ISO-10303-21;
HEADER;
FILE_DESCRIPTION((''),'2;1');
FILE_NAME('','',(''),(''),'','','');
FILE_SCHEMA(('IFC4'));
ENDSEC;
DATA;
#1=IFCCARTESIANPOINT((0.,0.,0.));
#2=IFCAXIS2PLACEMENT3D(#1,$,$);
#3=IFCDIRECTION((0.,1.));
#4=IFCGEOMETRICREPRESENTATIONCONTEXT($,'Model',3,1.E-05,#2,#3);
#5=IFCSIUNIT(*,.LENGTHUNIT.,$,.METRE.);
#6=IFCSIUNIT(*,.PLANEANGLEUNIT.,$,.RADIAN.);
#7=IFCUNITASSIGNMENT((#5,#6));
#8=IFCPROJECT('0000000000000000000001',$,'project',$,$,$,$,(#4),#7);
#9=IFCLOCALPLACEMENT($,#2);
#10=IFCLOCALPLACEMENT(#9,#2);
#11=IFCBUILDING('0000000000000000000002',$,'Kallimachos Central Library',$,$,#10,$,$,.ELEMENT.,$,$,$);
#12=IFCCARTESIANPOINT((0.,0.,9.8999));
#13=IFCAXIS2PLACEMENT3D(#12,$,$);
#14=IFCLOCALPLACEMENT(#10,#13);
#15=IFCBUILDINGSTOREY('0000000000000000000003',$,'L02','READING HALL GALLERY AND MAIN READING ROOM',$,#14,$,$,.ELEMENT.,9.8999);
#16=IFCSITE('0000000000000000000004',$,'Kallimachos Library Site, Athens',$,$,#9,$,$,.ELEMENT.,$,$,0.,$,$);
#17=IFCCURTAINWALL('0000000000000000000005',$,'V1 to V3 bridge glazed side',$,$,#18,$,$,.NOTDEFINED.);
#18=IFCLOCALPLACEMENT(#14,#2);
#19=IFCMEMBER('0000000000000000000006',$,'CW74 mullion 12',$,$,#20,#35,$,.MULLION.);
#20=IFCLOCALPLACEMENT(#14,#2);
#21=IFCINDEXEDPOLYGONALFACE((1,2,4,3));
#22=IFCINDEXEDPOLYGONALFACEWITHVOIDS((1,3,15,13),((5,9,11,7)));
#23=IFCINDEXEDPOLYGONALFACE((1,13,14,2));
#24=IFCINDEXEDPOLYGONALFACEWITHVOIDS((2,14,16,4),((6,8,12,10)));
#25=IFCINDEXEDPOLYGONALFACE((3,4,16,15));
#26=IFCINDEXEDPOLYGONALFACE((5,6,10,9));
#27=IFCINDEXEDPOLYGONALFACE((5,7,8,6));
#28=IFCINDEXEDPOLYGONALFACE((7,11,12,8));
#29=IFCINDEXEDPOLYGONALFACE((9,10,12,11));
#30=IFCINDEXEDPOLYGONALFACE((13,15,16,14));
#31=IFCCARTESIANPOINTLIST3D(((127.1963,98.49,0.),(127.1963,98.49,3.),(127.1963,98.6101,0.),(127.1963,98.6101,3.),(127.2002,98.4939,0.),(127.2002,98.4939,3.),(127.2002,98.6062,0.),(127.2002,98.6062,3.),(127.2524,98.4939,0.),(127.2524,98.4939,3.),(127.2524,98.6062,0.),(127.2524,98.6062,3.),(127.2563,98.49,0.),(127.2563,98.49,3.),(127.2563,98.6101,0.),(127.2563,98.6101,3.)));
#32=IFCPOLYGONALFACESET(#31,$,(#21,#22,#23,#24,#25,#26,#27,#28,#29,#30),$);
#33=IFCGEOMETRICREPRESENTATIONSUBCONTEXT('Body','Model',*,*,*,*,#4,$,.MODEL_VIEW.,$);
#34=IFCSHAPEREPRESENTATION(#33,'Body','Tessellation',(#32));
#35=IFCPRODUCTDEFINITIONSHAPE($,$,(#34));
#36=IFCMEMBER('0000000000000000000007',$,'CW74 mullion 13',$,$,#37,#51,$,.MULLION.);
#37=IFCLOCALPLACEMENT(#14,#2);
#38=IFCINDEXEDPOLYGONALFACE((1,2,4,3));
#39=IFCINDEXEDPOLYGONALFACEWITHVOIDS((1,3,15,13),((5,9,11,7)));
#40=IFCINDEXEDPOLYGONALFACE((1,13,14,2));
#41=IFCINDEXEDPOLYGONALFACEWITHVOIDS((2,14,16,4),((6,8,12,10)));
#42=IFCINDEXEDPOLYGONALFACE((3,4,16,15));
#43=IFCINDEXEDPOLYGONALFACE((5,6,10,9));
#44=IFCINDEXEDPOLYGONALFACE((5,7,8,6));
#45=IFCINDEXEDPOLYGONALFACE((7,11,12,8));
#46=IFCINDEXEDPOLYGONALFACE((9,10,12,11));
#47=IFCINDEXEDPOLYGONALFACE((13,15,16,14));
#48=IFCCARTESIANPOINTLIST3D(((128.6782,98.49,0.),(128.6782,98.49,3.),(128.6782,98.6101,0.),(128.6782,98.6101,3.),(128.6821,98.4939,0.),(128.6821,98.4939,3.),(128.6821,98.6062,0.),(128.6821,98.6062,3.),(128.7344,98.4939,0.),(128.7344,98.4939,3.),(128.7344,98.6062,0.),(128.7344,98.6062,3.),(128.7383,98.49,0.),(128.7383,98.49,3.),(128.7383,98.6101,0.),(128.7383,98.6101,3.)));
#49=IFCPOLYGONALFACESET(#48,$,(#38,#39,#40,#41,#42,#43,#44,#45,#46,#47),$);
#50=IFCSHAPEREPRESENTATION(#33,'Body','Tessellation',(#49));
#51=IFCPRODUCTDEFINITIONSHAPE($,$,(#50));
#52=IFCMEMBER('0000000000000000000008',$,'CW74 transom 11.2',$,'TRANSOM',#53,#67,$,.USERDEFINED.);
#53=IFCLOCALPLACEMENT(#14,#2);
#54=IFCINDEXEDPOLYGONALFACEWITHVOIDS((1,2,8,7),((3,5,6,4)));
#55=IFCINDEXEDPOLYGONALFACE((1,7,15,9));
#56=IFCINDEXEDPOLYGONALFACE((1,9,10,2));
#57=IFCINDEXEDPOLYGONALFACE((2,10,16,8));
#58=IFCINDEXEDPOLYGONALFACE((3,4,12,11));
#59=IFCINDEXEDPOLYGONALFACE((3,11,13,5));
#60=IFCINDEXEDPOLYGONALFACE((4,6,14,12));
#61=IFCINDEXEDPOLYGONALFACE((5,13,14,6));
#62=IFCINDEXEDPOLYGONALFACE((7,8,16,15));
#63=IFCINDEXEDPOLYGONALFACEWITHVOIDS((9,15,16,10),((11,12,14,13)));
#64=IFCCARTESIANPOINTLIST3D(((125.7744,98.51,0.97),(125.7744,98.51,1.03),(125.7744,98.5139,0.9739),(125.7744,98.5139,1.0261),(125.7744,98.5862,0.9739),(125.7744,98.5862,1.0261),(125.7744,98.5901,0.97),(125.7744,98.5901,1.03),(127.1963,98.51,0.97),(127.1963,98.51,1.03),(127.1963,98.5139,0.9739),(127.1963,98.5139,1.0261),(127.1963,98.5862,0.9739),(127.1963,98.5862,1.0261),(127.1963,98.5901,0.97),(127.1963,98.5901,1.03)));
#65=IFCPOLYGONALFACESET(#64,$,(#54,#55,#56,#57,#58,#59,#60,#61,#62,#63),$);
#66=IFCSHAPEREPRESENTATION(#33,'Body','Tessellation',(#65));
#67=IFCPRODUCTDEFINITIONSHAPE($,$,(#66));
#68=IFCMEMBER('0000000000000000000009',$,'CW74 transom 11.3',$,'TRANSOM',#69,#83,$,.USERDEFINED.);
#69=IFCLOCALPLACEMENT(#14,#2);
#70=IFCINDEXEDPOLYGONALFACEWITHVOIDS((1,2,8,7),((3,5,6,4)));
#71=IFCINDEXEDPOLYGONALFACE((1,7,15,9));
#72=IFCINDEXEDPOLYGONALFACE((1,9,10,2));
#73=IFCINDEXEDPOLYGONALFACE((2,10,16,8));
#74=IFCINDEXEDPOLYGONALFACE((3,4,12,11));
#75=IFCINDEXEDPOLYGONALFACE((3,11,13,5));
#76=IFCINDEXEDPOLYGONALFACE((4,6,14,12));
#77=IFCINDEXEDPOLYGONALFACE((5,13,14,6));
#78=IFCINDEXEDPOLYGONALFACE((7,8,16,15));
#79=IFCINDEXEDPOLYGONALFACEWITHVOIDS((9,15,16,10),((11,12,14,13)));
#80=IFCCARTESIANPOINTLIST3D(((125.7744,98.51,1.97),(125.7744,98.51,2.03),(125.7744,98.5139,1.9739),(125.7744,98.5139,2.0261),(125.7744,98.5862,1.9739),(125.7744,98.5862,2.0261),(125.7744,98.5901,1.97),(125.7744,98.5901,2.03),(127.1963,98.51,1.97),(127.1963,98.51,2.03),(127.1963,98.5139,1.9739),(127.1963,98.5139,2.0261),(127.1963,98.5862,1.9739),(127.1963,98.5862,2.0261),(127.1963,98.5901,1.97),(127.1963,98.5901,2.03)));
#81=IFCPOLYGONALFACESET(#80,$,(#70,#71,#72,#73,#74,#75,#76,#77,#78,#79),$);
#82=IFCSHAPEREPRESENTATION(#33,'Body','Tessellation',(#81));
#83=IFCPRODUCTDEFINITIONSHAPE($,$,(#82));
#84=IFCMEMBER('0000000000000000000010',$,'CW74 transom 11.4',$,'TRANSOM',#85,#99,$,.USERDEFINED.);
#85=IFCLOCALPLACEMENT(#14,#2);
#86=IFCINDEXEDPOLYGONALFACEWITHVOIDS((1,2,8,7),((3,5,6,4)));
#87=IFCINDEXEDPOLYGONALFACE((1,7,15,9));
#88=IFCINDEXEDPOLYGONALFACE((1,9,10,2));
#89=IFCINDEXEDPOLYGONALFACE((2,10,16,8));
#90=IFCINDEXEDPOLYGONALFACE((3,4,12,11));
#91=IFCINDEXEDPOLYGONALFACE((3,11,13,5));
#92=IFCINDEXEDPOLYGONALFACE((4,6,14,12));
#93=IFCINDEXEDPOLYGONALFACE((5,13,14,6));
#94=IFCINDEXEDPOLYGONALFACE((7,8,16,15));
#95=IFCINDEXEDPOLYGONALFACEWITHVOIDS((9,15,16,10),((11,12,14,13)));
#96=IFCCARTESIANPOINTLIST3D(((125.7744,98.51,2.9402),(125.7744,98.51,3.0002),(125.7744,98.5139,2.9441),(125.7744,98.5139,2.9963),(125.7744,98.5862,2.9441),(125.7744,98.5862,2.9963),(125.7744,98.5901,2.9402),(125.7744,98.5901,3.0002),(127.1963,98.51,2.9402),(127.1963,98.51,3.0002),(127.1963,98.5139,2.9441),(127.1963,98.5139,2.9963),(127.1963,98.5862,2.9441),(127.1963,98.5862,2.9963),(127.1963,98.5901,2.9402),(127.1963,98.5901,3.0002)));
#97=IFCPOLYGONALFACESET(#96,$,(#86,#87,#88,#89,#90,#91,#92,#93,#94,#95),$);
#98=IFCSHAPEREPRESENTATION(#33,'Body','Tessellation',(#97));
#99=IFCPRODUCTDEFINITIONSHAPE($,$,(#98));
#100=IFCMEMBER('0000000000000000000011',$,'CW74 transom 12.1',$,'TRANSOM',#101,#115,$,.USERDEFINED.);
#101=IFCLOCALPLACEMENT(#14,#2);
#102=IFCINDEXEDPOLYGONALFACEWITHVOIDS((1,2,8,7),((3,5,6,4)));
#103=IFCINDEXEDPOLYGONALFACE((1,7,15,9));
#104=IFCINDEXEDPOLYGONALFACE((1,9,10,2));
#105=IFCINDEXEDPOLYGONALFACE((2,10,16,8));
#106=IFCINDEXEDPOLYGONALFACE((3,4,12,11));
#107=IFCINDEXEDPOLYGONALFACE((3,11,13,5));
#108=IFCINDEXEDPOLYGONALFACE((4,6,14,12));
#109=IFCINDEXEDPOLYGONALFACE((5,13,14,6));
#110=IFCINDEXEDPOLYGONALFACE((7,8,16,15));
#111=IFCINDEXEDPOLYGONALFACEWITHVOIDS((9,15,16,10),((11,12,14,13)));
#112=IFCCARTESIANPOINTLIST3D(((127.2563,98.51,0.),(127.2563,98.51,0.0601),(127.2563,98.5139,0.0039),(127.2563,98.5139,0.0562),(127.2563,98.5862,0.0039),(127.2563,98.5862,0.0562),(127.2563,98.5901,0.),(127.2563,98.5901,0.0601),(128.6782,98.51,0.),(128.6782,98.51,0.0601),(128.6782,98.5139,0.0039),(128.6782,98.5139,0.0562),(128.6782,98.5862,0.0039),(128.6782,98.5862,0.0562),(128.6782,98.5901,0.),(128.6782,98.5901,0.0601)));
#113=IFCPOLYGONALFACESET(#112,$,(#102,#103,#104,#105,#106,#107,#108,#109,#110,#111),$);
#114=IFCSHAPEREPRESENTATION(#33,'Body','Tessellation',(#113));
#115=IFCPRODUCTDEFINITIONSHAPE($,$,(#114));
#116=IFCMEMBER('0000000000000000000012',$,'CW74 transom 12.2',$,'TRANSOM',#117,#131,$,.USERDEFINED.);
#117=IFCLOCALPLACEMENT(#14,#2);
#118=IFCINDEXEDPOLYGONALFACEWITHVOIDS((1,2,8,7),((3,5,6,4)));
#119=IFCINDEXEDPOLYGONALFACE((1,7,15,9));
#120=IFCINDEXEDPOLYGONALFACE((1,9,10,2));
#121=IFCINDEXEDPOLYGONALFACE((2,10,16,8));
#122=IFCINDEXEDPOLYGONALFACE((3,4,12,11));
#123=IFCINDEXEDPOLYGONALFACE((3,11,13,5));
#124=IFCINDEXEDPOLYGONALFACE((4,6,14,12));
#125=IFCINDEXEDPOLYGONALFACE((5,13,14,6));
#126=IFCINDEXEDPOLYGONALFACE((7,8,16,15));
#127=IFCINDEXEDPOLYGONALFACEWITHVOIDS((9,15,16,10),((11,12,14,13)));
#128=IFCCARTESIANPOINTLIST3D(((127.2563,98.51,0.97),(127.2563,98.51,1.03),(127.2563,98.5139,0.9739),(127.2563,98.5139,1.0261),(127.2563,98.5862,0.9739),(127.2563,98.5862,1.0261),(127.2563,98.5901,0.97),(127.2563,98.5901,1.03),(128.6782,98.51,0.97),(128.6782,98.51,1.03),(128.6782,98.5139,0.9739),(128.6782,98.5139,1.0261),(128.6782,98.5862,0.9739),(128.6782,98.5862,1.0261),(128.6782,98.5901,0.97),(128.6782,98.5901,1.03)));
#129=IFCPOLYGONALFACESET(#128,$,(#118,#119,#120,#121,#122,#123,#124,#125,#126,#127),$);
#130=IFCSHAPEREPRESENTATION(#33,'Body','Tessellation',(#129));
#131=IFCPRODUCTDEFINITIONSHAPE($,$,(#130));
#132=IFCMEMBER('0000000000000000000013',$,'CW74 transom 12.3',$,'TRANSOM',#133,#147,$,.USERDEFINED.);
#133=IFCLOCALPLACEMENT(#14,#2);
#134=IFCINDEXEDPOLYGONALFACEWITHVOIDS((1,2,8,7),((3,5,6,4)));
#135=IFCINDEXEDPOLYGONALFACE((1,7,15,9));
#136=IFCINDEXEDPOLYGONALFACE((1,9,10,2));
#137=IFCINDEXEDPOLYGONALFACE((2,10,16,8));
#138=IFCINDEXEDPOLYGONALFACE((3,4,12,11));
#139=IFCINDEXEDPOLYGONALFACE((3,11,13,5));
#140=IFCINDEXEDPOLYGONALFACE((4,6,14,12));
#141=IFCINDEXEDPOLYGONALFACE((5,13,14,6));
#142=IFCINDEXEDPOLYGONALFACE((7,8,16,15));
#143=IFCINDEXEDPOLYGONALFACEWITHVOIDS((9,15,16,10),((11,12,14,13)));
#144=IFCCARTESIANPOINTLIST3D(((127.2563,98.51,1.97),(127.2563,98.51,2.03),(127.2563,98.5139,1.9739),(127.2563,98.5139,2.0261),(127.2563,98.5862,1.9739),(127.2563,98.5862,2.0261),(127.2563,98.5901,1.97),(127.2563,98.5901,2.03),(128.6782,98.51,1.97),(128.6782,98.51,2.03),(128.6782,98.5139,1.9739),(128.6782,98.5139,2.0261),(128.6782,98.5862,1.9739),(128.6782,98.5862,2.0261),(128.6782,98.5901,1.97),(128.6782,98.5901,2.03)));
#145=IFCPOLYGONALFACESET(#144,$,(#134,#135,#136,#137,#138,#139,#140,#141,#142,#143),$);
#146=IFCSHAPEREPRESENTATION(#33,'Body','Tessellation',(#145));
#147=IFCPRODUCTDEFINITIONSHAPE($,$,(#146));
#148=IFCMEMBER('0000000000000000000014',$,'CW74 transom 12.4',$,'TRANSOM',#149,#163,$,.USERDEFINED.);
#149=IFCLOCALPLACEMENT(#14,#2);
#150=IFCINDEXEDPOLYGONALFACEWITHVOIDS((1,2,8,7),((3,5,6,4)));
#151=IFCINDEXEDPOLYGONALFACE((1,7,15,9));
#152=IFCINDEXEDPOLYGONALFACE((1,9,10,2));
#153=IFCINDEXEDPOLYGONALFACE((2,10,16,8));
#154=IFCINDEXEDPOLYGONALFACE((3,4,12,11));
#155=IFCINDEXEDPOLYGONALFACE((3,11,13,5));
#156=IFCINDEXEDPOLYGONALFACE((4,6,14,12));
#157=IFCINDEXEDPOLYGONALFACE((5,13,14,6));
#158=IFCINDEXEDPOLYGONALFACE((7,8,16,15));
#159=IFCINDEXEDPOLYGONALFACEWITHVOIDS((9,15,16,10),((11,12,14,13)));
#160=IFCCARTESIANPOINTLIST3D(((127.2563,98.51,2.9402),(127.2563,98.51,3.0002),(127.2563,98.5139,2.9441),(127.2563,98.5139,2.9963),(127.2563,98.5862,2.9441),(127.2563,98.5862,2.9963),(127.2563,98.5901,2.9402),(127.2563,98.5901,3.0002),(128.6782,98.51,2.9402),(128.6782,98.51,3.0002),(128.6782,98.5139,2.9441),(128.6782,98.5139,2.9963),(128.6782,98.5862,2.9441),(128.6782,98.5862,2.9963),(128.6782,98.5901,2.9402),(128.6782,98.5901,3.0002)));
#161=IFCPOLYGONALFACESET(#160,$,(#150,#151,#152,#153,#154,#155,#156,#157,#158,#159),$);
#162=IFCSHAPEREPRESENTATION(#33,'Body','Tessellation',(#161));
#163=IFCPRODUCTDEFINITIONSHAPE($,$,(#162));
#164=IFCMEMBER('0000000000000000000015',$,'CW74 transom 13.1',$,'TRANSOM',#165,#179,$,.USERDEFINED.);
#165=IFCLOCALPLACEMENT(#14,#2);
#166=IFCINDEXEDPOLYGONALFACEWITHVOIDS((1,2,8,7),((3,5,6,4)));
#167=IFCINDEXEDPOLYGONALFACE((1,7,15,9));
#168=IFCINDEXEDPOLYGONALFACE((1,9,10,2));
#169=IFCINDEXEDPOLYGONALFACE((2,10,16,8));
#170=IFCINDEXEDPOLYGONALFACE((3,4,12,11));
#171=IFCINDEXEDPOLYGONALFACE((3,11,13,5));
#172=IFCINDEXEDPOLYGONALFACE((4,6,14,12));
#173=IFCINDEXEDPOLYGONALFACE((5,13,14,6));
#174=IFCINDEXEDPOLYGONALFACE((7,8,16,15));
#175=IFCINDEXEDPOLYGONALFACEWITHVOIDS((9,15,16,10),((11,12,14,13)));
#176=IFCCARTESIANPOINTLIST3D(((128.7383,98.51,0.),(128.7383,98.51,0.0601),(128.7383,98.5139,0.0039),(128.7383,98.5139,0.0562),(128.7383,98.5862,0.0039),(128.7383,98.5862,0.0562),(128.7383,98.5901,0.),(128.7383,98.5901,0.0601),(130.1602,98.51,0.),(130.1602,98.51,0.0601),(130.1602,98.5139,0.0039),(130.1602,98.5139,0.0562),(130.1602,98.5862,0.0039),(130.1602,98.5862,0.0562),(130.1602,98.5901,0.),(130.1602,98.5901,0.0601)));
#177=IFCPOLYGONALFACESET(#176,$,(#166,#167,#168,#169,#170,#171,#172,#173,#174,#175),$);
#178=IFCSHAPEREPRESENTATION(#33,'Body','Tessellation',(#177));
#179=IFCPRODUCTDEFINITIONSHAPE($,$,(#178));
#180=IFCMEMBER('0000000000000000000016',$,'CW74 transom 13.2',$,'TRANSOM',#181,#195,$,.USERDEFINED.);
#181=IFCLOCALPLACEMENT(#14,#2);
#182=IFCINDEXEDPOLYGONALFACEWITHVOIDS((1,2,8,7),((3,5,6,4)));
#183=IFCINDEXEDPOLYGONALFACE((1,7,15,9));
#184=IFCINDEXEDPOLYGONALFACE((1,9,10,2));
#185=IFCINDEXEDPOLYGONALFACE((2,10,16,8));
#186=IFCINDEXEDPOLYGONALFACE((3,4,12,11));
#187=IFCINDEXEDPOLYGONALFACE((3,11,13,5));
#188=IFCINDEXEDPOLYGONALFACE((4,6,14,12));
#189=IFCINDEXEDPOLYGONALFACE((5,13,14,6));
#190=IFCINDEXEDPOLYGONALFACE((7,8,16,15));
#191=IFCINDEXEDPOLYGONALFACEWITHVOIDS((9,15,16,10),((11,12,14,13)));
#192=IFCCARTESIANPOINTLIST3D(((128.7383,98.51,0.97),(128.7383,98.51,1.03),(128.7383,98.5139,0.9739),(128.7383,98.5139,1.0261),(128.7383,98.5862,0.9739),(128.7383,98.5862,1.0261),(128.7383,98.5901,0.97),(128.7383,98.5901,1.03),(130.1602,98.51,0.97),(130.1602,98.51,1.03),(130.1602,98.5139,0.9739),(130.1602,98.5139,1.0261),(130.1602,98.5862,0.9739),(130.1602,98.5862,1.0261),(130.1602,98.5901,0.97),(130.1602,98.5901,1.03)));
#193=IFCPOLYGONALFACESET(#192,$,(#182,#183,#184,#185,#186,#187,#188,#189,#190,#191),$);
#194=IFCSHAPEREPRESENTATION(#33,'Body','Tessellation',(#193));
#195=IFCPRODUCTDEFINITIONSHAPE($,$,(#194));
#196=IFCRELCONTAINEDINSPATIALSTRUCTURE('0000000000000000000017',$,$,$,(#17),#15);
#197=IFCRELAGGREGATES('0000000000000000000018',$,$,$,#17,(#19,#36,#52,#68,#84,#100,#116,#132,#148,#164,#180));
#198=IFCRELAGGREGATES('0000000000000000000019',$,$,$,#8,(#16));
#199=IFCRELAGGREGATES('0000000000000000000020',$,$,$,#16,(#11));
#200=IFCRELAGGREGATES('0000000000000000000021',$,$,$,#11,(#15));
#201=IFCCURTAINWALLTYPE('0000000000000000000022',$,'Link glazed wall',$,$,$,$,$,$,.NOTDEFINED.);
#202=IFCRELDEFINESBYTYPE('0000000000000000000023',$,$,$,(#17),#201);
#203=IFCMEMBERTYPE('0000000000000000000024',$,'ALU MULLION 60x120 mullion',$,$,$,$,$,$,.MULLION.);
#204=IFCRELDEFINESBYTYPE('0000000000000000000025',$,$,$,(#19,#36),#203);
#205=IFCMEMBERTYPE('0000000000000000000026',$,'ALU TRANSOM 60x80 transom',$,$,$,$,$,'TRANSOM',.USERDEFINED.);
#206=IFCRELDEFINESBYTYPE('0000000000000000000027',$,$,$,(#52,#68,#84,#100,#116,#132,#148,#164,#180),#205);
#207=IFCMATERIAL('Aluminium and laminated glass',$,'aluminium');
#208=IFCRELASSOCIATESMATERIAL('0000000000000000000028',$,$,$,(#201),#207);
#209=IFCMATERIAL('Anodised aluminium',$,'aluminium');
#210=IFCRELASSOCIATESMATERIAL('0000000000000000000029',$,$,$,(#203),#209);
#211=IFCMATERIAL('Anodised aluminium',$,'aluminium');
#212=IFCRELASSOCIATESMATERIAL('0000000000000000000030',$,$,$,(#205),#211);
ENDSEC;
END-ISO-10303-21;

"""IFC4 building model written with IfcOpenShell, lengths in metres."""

from ifc_helpers import new_model, si_unit, direction, frame, origin, origin_2d, place, context, subcontext, project, spatial, hollow_rectangle, extrude, material, material_profile, profile_set, type_object, element, aggregate, save


model = new_model("IFC4")

# Units and contexts
model_context = context("Model", 3, precision=1e-05, world=origin(), true_north=direction((0.0, 1.0)))
body_context = subcontext(model_context, "Body", "Model", "MODEL_VIEW")
ifc_project = project(units=[si_unit("LENGTHUNIT", "METRE"), si_unit("PLANEANGLEUNIT", "RADIAN")], contexts=[model_context])

# Site, building, storey
site_placement = place(None, origin())
site = spatial("IfcSite", under=ifc_project, at=site_placement, Name="Kallimachos Library Site, Athens", CompositionType="ELEMENT", RefElevation=0.0)
building_placement = place(site_placement, origin())
building = spatial("IfcBuilding", under=site, at=building_placement, Name="Kallimachos Central Library", CompositionType="ELEMENT")
storey_placement = place(building_placement, frame((0.0, 0.0, 9.8999)))
storey = spatial("IfcBuildingStorey", under=building, at=storey_placement, Name="L02", Description="READING HALL GALLERY AND MAIN READING ROOM", CompositionType="ELEMENT", Elevation=9.8999)

# Curtain wall, members
ifc_material_1 = material(Name="Aluminium and laminated glass", Category="aluminium")
curtain_wall_type = type_object("IfcCurtainWallType", Name="Link glazed wall", PredefinedType="NOTDEFINED", material=ifc_material_1)
curtain_wall_placement = place(storey_placement, origin())
curtain_wall = element("IfcCurtainWall", 1, at=curtain_wall_placement, inside=storey, type_object=curtain_wall_type, Name="V1 to V3 bridge glazed side", PredefinedType="NOTDEFINED")
ifc_material_2 = material(Name="Anodised aluminium", Category="aluminium")
ifc_material_profile_1 = material_profile(ifc_material_2, hollow_rectangle(XDim=0.0601, YDim=0.1201, WallThickness=0.0039, at=origin_2d()), Name="ALU MULLION 60x120")
ifc_profile_set_1 = profile_set([ifc_material_profile_1], Name="Anodised aluminium")
member_type_1 = type_object("IfcMemberType", Name="ALU MULLION 60x120 mullion", PredefinedType="MULLION", material=ifc_profile_set_1)
member_1_placement = place(storey_placement, frame((127.2263, 98.55, 0.0), z_axis=(0.0, 0.0, 1.0), x_axis=(1.0, 0.0, 0.0)))
member_1 = element("IfcMember", 2, at=member_1_placement, type_object=member_type_1, Name="CW74 mullion 12", PredefinedType="MULLION", context=body_context, shape_type="SweptSolid", body=[
    extrude(hollow_rectangle(XDim=0.0601, YDim=0.1201, WallThickness=0.0039, at=origin_2d()), origin(), (0.0, 0.0, 1.0), 3.0),
])
member_2_placement = place(storey_placement, frame((128.7083, 98.55, 0.0), z_axis=(0.0, 0.0, 1.0), x_axis=(1.0, 0.0, 0.0)))
member_2 = element("IfcMember", 3, at=member_2_placement, type_object=member_type_1, Name="CW74 mullion 13", PredefinedType="MULLION", context=body_context, shape_type="SweptSolid", body=[
    extrude(hollow_rectangle(XDim=0.0601, YDim=0.1201, WallThickness=0.0039, at=origin_2d()), origin(), (0.0, 0.0, 1.0), 3.0),
])
ifc_material_3 = material(Name="Anodised aluminium", Category="aluminium")
ifc_material_profile_2 = material_profile(ifc_material_3, hollow_rectangle(XDim=0.0601, YDim=0.0801, WallThickness=0.0039, at=origin_2d()), Name="ALU TRANSOM 60x80")
ifc_profile_set_2 = profile_set([ifc_material_profile_2], Name="Anodised aluminium")
member_type_2 = type_object("IfcMemberType", Name="ALU TRANSOM 60x80 transom", ElementType="TRANSOM", PredefinedType="USERDEFINED", material=ifc_profile_set_2)
member_3_placement = place(storey_placement, frame((125.7744, 98.55, 1.0), z_axis=(1.0, 0.0, 0.0), x_axis=(0.0, 0.0, 1.0)))
member_3 = element("IfcMember", 4, at=member_3_placement, type_object=member_type_2, Name="CW74 transom 11.2", ObjectType="TRANSOM", PredefinedType="USERDEFINED", context=body_context, shape_type="SweptSolid", body=[
    extrude(hollow_rectangle(XDim=0.0601, YDim=0.0801, WallThickness=0.0039, at=origin_2d()), origin(), (0.0, 0.0, 1.0), 1.4219),
])
member_4_placement = place(storey_placement, frame((125.7744, 98.55, 2.0), z_axis=(1.0, 0.0, 0.0), x_axis=(0.0, 0.0, 1.0)))
member_4 = element("IfcMember", 5, at=member_4_placement, type_object=member_type_2, Name="CW74 transom 11.3", ObjectType="TRANSOM", PredefinedType="USERDEFINED", context=body_context, shape_type="SweptSolid", body=[
    extrude(hollow_rectangle(XDim=0.0601, YDim=0.0801, WallThickness=0.0039, at=origin_2d()), origin(), (0.0, 0.0, 1.0), 1.4219),
])
member_5_placement = place(storey_placement, frame((125.7744, 98.55, 2.9702), z_axis=(1.0, 0.0, 0.0), x_axis=(0.0, 0.0, 1.0)))
member_5 = element("IfcMember", 6, at=member_5_placement, type_object=member_type_2, Name="CW74 transom 11.4", ObjectType="TRANSOM", PredefinedType="USERDEFINED", context=body_context, shape_type="SweptSolid", body=[
    extrude(hollow_rectangle(XDim=0.0601, YDim=0.0801, WallThickness=0.0039, at=origin_2d()), origin(), (0.0, 0.0, 1.0), 1.4219),
])
member_6_placement = place(storey_placement, frame((127.2563, 98.55, 0.03), z_axis=(1.0, 0.0, 0.0), x_axis=(0.0, 0.0, 1.0)))
member_6 = element("IfcMember", 7, at=member_6_placement, type_object=member_type_2, Name="CW74 transom 12.1", ObjectType="TRANSOM", PredefinedType="USERDEFINED", context=body_context, shape_type="SweptSolid", body=[
    extrude(hollow_rectangle(XDim=0.0601, YDim=0.0801, WallThickness=0.0039, at=origin_2d()), origin(), (0.0, 0.0, 1.0), 1.4219),
])
member_7_placement = place(storey_placement, frame((127.2563, 98.55, 1.0), z_axis=(1.0, 0.0, 0.0), x_axis=(0.0, 0.0, 1.0)))
member_7 = element("IfcMember", 8, at=member_7_placement, type_object=member_type_2, Name="CW74 transom 12.2", ObjectType="TRANSOM", PredefinedType="USERDEFINED", context=body_context, shape_type="SweptSolid", body=[
    extrude(hollow_rectangle(XDim=0.0601, YDim=0.0801, WallThickness=0.0039, at=origin_2d()), origin(), (0.0, 0.0, 1.0), 1.4219),
])
member_8_placement = place(storey_placement, frame((127.2563, 98.55, 2.0), z_axis=(1.0, 0.0, 0.0), x_axis=(0.0, 0.0, 1.0)))
member_8 = element("IfcMember", 9, at=member_8_placement, type_object=member_type_2, Name="CW74 transom 12.3", ObjectType="TRANSOM", PredefinedType="USERDEFINED", context=body_context, shape_type="SweptSolid", body=[
    extrude(hollow_rectangle(XDim=0.0601, YDim=0.0801, WallThickness=0.0039, at=origin_2d()), origin(), (0.0, 0.0, 1.0), 1.4219),
])
member_9_placement = place(storey_placement, frame((127.2563, 98.55, 2.9702), z_axis=(1.0, 0.0, 0.0), x_axis=(0.0, 0.0, 1.0)))
member_9 = element("IfcMember", 10, at=member_9_placement, type_object=member_type_2, Name="CW74 transom 12.4", ObjectType="TRANSOM", PredefinedType="USERDEFINED", context=body_context, shape_type="SweptSolid", body=[
    extrude(hollow_rectangle(XDim=0.0601, YDim=0.0801, WallThickness=0.0039, at=origin_2d()), origin(), (0.0, 0.0, 1.0), 1.4219),
])
member_10_placement = place(storey_placement, frame((128.7383, 98.55, 0.03), z_axis=(1.0, 0.0, 0.0), x_axis=(0.0, 0.0, 1.0)))
member_10 = element("IfcMember", 11, at=member_10_placement, type_object=member_type_2, Name="CW74 transom 13.1", ObjectType="TRANSOM", PredefinedType="USERDEFINED", context=body_context, shape_type="SweptSolid", body=[
    extrude(hollow_rectangle(XDim=0.0601, YDim=0.0801, WallThickness=0.0039, at=origin_2d()), origin(), (0.0, 0.0, 1.0), 1.4219),
])
member_11_placement = place(storey_placement, frame((128.7383, 98.55, 1.0), z_axis=(1.0, 0.0, 0.0), x_axis=(0.0, 0.0, 1.0)))
member_11 = element("IfcMember", 12, at=member_11_placement, type_object=member_type_2, Name="CW74 transom 13.2", ObjectType="TRANSOM", PredefinedType="USERDEFINED", context=body_context, shape_type="SweptSolid", body=[
    extrude(hollow_rectangle(XDim=0.0601, YDim=0.0801, WallThickness=0.0039, at=origin_2d()), origin(), (0.0, 0.0, 1.0), 1.4219),
])

aggregate(curtain_wall, [member_1, member_2, member_3, member_4, member_5, member_6, member_7, member_8, member_9, member_10, member_11])

save(model, "model.ifc")
